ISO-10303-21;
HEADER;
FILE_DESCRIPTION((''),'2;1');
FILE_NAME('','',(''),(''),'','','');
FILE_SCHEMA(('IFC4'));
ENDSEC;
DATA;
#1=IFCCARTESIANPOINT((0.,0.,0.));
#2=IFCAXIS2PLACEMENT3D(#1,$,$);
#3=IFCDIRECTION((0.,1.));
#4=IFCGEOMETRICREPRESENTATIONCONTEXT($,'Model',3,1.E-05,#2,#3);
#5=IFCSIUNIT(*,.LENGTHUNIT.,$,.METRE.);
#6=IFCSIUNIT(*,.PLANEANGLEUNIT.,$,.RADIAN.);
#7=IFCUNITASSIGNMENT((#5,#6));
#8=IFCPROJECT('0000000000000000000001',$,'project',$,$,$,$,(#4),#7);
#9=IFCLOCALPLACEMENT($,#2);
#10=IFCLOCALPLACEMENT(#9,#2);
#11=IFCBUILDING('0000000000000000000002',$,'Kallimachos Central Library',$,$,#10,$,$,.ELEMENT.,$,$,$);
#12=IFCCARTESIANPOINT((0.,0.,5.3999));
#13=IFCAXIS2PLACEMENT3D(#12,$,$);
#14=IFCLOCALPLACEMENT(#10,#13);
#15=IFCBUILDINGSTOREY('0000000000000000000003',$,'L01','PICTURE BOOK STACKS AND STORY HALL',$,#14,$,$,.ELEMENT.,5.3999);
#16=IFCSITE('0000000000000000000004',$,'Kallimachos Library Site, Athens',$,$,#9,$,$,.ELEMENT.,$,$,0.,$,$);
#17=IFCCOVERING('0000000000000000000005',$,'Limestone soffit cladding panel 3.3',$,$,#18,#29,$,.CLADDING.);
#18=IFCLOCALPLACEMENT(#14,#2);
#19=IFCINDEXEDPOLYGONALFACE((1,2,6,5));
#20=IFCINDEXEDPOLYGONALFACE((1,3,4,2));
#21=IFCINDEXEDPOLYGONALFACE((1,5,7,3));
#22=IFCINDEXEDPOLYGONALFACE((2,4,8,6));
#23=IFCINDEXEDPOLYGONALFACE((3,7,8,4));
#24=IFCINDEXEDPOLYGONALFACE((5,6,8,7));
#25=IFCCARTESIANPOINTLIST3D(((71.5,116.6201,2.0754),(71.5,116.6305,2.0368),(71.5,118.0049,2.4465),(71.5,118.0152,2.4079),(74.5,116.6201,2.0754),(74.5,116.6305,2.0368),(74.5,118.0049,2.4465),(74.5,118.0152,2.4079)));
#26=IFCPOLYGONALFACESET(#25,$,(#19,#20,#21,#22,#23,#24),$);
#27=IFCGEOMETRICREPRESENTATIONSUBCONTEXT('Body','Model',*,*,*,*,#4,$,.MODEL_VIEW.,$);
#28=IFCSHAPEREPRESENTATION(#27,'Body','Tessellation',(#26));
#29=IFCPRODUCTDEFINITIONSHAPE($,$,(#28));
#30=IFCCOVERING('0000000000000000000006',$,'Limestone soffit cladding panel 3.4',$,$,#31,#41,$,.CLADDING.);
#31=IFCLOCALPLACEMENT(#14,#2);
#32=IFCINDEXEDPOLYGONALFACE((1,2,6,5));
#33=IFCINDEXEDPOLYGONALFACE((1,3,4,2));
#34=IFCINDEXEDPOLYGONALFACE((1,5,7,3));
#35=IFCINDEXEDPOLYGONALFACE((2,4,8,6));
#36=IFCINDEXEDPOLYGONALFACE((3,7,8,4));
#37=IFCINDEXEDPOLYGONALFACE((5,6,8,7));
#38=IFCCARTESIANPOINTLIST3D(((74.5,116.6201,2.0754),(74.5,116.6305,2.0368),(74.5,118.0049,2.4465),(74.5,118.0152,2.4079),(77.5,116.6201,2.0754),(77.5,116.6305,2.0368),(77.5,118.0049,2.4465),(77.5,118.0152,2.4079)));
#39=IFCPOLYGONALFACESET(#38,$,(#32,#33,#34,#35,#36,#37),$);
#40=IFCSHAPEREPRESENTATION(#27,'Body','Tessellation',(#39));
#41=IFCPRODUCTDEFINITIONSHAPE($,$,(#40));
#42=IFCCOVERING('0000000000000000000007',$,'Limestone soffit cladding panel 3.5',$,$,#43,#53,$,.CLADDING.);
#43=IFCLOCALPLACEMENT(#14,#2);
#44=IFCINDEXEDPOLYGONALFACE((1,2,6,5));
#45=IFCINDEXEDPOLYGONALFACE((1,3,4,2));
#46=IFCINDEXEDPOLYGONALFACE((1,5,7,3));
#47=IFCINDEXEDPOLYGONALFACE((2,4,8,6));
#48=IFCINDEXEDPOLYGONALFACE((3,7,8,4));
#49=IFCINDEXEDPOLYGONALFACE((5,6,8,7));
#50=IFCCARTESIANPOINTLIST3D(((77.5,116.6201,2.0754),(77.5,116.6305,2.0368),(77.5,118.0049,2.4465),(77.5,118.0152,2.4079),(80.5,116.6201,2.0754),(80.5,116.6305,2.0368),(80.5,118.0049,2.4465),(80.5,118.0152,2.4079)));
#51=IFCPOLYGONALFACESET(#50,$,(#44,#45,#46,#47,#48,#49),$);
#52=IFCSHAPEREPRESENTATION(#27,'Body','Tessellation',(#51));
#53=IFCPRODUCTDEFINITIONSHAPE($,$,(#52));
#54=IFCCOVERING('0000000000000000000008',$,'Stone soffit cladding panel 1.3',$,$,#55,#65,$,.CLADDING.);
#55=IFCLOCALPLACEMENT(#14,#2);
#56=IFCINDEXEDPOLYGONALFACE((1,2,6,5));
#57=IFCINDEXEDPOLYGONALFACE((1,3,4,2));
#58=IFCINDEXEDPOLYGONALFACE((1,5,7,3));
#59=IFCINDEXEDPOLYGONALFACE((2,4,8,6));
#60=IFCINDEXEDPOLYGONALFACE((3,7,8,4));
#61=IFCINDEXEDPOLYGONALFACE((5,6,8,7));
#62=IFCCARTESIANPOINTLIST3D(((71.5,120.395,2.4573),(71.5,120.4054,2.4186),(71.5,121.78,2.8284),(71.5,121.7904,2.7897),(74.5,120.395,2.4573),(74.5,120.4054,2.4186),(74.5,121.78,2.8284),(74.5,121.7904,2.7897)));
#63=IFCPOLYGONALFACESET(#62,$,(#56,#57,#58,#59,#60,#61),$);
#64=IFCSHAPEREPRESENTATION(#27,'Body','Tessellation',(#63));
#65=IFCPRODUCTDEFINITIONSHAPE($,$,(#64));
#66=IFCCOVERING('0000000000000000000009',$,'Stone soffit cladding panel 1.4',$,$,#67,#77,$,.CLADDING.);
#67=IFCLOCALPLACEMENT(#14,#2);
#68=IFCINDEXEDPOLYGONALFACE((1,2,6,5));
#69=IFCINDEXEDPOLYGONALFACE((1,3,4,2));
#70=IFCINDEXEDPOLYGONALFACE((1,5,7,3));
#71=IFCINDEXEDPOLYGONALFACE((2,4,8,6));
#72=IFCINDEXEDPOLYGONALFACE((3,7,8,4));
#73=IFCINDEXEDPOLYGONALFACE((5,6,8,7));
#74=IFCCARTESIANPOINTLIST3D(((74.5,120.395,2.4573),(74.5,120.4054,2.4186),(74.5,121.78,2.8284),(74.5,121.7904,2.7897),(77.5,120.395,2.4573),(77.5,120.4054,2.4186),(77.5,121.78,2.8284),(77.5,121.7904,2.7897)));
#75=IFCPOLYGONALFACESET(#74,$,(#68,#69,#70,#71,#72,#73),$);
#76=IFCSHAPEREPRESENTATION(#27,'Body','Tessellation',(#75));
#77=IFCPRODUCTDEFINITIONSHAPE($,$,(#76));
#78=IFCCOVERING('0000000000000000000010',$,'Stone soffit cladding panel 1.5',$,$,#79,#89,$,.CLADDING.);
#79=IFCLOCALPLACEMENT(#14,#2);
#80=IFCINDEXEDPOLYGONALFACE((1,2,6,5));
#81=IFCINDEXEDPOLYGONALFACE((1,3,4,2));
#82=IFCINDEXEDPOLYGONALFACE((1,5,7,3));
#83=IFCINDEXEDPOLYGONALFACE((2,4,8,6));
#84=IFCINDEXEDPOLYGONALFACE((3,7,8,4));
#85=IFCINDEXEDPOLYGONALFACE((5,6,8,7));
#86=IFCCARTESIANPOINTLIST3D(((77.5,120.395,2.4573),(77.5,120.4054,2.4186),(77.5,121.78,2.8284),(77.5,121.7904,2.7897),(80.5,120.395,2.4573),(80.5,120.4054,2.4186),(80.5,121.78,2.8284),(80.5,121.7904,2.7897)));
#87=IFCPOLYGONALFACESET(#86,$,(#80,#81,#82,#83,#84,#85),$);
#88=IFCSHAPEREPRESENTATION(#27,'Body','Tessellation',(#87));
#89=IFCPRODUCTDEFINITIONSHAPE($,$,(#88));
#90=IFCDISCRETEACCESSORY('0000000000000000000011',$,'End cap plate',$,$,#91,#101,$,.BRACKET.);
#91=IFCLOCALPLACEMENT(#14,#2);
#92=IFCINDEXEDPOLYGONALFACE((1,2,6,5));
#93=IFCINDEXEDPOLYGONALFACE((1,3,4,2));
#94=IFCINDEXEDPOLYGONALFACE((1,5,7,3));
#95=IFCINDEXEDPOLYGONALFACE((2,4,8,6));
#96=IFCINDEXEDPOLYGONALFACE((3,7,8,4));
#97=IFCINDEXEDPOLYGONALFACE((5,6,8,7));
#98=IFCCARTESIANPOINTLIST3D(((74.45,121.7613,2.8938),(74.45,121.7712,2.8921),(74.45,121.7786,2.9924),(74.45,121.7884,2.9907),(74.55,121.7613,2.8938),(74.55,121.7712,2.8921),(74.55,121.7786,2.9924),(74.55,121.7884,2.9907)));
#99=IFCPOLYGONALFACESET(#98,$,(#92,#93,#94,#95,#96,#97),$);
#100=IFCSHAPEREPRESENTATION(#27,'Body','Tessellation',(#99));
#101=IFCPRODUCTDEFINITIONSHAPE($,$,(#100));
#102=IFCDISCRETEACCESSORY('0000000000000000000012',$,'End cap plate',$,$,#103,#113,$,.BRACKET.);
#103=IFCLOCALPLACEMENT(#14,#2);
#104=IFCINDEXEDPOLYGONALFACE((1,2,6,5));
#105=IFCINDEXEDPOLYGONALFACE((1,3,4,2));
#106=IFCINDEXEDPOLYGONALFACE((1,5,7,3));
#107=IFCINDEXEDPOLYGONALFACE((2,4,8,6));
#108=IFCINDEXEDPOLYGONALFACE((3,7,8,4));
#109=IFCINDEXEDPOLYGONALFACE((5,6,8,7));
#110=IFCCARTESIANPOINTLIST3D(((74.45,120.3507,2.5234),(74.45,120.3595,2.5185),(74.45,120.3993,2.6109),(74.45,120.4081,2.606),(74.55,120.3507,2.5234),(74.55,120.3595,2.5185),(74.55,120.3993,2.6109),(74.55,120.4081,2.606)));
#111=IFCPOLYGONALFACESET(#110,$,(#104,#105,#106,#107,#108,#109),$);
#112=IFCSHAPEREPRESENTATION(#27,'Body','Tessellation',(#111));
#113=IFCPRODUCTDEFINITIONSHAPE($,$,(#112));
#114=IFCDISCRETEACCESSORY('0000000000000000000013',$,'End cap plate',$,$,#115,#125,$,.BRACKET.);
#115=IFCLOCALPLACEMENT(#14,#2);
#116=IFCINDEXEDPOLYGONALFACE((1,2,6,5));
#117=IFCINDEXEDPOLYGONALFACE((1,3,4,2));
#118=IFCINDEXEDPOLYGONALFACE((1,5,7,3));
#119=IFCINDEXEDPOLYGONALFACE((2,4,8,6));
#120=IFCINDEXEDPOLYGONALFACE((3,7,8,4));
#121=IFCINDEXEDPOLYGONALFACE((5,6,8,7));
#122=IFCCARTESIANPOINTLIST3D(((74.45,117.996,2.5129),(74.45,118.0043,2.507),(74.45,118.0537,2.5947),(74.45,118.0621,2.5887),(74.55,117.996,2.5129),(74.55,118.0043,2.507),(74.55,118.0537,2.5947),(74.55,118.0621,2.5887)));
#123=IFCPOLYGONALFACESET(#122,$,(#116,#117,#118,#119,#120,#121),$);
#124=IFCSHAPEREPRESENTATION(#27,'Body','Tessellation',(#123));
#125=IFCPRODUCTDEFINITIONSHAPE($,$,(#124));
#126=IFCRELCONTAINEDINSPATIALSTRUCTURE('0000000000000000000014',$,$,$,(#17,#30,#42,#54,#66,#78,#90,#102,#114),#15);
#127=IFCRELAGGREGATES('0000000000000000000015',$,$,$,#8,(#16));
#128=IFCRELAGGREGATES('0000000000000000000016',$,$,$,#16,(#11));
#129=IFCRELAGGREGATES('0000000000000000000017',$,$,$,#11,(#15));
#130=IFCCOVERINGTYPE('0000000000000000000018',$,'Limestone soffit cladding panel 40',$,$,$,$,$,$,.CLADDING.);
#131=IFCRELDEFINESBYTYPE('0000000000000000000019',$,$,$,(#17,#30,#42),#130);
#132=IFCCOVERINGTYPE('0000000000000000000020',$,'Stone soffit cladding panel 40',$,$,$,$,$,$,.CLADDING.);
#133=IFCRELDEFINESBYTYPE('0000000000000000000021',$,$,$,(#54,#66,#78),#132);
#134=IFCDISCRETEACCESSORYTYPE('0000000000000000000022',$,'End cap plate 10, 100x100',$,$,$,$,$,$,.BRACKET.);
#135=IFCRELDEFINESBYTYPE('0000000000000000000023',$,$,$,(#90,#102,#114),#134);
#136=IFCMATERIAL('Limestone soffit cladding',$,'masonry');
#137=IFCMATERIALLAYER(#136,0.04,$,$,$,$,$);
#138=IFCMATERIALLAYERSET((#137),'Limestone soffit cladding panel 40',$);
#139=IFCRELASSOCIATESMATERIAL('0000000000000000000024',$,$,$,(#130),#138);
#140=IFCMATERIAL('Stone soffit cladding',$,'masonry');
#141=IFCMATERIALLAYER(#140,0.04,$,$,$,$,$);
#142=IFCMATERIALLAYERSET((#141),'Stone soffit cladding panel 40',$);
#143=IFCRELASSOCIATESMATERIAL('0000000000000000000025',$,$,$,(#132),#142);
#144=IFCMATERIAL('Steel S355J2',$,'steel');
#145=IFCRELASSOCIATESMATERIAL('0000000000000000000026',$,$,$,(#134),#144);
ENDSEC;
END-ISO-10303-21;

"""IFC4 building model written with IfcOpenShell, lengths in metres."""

from ifc_helpers import new_model, si_unit, direction, frame, origin, origin_2d, place, context, subcontext, project, spatial, polyline, rectangle, outline, extrude, material, layer, layer_set, material_profile, profile_set, type_object, element, save


model = new_model("IFC4")

# Units and contexts
model_context = context("Model", 3, precision=1e-05, world=origin(), true_north=direction((0.0, 1.0)))
body_context = subcontext(model_context, "Body", "Model", "MODEL_VIEW")
ifc_project = project(units=[si_unit("LENGTHUNIT", "METRE"), si_unit("PLANEANGLEUNIT", "RADIAN")], contexts=[model_context])

# Site, building, storey
site_placement = place(None, origin())
site = spatial("IfcSite", under=ifc_project, at=site_placement, Name="Kallimachos Library Site, Athens", CompositionType="ELEMENT", RefElevation=0.0)
building_placement = place(site_placement, origin())
building = spatial("IfcBuilding", under=site, at=building_placement, Name="Kallimachos Central Library", CompositionType="ELEMENT")
storey_placement = place(building_placement, frame((0.0, 0.0, 5.3999)))
storey = spatial("IfcBuildingStorey", under=building, at=storey_placement, Name="L01", Description="PICTURE BOOK STACKS AND STORY HALL", CompositionType="ELEMENT", Elevation=5.3999)

# Coverings
ifc_material_1 = material(Name="Limestone soffit cladding", Category="masonry")
ifc_layer_1 = layer(ifc_material_1, 0.04)
ifc_layer_set_1 = layer_set([ifc_layer_1], Name="Limestone soffit cladding panel 40")
covering_type_1 = type_object("IfcCoveringType", Name="Limestone soffit cladding panel 40", PredefinedType="CLADDING", material=ifc_layer_set_1)
for number, where, z_axis, x_axis, name in (
    (1, (71.5, 118.0049, 2.4465), (0.0, -0.25885, 0.965918), (1.0, 0.0, 0.0), "Limestone soffit cladding panel 3.3"),
    (2, (74.5, 118.0049, 2.4465), (0.0, -0.25885, 0.965918), (1.0, 0.0, 0.0), "Limestone soffit cladding panel 3.4"),
    (3, (77.5, 118.0049, 2.4465), (0.0, -0.25885, 0.965918), (1.0, 0.0, 0.0), "Limestone soffit cladding panel 3.5"),
):
    element("IfcCovering", number, at=place(storey_placement, frame(where, z_axis=z_axis, x_axis=x_axis)), inside=storey, type_object=covering_type_1, Name=name, PredefinedType="CLADDING", context=body_context, shape_type="SweptSolid", body=[
        extrude(outline(polyline([(0.0, 0.0), (3.0, 0.0), (3.0, -1.4336), (0.0, -1.4336), (0.0, 0.0)])), origin(), (0.0, 0.0, -1.0), 0.04),
    ])
ifc_material_2 = material(Name="Stone soffit cladding", Category="masonry")
ifc_layer_2 = layer(ifc_material_2, 0.04)
ifc_layer_set_2 = layer_set([ifc_layer_2], Name="Stone soffit cladding panel 40")
covering_type_2 = type_object("IfcCoveringType", Name="Stone soffit cladding panel 40", PredefinedType="CLADDING", material=ifc_layer_set_2)
for number, where, z_axis, x_axis, name in (
    (4, (71.5, 121.78, 2.8284), (0.0, -0.258807, 0.965929), (1.0, 0.0, 0.0), "Stone soffit cladding panel 1.3"),
    (5, (74.5, 121.78, 2.8284), (0.0, -0.258807, 0.965929), (1.0, 0.0, 0.0), "Stone soffit cladding panel 1.4"),
    (6, (77.5, 121.78, 2.8284), (0.0, -0.258807, 0.965929), (1.0, 0.0, 0.0), "Stone soffit cladding panel 1.5"),
):
    element("IfcCovering", number, at=place(storey_placement, frame(where, z_axis=z_axis, x_axis=x_axis)), inside=storey, type_object=covering_type_2, Name=name, PredefinedType="CLADDING", context=body_context, shape_type="SweptSolid", body=[
        extrude(outline(polyline([(0.0, 0.0), (3.0, 0.0), (3.0, -1.4339), (0.0, -1.4339), (0.0, 0.0)])), origin(), (0.0, 0.0, -1.0), 0.04),
    ])

# Discrete accessories
ifc_material_3 = material(Name="Steel S355J2", Category="steel")
ifc_material_profile_1 = material_profile(ifc_material_3, rectangle(XDim=0.1001, YDim=0.1001, at=origin_2d()), Name="End cap plate 10, 100x100")
ifc_profile_set_1 = profile_set([ifc_material_profile_1], Name="Steel S355J2")
discrete_accessory_type = type_object("IfcDiscreteAccessoryType", Name="End cap plate 10, 100x100", PredefinedType="BRACKET", material=ifc_profile_set_1)
for number, where, z_axis, x_axis, name in (
    (7, (74.5, 121.7798, 2.9414), (0.0, -0.98503, 0.17238), (1.0, 0.0, 0.0), "End cap plate"),
    (8, (74.5, 120.3838, 2.5623), (0.0, -0.874157, 0.485643), (1.0, 0.0, 0.0), "End cap plate"),
):
    element("IfcDiscreteAccessory", number, at=place(storey_placement, frame(where, z_axis=z_axis, x_axis=x_axis)), inside=storey, type_object=discrete_accessory_type, Name=name, PredefinedType="BRACKET", context=body_context, shape_type="SweptSolid", body=[
        extrude(rectangle(XDim=0.1001, YDim=0.1001, at=origin_2d()), origin(), (0.0, 0.0, 1.0), 0.01),
    ])
discrete_accessory_placement = place(storey_placement, frame((74.5, 118.0332, 2.5479), z_axis=(0.0, -0.816968, 0.576683), x_axis=(1.0, 0.0, 0.0)))
element("IfcDiscreteAccessory", 9, at=discrete_accessory_placement, inside=storey, type_object=discrete_accessory_type, Name="End cap plate", PredefinedType="BRACKET", context=body_context, shape_type="SweptSolid", body=[
    extrude(rectangle(XDim=0.1001, YDim=0.1001, at=origin_2d()), origin(), (0.0, 0.0, 1.0), 0.0103),
])

save(model, "model.ifc")
